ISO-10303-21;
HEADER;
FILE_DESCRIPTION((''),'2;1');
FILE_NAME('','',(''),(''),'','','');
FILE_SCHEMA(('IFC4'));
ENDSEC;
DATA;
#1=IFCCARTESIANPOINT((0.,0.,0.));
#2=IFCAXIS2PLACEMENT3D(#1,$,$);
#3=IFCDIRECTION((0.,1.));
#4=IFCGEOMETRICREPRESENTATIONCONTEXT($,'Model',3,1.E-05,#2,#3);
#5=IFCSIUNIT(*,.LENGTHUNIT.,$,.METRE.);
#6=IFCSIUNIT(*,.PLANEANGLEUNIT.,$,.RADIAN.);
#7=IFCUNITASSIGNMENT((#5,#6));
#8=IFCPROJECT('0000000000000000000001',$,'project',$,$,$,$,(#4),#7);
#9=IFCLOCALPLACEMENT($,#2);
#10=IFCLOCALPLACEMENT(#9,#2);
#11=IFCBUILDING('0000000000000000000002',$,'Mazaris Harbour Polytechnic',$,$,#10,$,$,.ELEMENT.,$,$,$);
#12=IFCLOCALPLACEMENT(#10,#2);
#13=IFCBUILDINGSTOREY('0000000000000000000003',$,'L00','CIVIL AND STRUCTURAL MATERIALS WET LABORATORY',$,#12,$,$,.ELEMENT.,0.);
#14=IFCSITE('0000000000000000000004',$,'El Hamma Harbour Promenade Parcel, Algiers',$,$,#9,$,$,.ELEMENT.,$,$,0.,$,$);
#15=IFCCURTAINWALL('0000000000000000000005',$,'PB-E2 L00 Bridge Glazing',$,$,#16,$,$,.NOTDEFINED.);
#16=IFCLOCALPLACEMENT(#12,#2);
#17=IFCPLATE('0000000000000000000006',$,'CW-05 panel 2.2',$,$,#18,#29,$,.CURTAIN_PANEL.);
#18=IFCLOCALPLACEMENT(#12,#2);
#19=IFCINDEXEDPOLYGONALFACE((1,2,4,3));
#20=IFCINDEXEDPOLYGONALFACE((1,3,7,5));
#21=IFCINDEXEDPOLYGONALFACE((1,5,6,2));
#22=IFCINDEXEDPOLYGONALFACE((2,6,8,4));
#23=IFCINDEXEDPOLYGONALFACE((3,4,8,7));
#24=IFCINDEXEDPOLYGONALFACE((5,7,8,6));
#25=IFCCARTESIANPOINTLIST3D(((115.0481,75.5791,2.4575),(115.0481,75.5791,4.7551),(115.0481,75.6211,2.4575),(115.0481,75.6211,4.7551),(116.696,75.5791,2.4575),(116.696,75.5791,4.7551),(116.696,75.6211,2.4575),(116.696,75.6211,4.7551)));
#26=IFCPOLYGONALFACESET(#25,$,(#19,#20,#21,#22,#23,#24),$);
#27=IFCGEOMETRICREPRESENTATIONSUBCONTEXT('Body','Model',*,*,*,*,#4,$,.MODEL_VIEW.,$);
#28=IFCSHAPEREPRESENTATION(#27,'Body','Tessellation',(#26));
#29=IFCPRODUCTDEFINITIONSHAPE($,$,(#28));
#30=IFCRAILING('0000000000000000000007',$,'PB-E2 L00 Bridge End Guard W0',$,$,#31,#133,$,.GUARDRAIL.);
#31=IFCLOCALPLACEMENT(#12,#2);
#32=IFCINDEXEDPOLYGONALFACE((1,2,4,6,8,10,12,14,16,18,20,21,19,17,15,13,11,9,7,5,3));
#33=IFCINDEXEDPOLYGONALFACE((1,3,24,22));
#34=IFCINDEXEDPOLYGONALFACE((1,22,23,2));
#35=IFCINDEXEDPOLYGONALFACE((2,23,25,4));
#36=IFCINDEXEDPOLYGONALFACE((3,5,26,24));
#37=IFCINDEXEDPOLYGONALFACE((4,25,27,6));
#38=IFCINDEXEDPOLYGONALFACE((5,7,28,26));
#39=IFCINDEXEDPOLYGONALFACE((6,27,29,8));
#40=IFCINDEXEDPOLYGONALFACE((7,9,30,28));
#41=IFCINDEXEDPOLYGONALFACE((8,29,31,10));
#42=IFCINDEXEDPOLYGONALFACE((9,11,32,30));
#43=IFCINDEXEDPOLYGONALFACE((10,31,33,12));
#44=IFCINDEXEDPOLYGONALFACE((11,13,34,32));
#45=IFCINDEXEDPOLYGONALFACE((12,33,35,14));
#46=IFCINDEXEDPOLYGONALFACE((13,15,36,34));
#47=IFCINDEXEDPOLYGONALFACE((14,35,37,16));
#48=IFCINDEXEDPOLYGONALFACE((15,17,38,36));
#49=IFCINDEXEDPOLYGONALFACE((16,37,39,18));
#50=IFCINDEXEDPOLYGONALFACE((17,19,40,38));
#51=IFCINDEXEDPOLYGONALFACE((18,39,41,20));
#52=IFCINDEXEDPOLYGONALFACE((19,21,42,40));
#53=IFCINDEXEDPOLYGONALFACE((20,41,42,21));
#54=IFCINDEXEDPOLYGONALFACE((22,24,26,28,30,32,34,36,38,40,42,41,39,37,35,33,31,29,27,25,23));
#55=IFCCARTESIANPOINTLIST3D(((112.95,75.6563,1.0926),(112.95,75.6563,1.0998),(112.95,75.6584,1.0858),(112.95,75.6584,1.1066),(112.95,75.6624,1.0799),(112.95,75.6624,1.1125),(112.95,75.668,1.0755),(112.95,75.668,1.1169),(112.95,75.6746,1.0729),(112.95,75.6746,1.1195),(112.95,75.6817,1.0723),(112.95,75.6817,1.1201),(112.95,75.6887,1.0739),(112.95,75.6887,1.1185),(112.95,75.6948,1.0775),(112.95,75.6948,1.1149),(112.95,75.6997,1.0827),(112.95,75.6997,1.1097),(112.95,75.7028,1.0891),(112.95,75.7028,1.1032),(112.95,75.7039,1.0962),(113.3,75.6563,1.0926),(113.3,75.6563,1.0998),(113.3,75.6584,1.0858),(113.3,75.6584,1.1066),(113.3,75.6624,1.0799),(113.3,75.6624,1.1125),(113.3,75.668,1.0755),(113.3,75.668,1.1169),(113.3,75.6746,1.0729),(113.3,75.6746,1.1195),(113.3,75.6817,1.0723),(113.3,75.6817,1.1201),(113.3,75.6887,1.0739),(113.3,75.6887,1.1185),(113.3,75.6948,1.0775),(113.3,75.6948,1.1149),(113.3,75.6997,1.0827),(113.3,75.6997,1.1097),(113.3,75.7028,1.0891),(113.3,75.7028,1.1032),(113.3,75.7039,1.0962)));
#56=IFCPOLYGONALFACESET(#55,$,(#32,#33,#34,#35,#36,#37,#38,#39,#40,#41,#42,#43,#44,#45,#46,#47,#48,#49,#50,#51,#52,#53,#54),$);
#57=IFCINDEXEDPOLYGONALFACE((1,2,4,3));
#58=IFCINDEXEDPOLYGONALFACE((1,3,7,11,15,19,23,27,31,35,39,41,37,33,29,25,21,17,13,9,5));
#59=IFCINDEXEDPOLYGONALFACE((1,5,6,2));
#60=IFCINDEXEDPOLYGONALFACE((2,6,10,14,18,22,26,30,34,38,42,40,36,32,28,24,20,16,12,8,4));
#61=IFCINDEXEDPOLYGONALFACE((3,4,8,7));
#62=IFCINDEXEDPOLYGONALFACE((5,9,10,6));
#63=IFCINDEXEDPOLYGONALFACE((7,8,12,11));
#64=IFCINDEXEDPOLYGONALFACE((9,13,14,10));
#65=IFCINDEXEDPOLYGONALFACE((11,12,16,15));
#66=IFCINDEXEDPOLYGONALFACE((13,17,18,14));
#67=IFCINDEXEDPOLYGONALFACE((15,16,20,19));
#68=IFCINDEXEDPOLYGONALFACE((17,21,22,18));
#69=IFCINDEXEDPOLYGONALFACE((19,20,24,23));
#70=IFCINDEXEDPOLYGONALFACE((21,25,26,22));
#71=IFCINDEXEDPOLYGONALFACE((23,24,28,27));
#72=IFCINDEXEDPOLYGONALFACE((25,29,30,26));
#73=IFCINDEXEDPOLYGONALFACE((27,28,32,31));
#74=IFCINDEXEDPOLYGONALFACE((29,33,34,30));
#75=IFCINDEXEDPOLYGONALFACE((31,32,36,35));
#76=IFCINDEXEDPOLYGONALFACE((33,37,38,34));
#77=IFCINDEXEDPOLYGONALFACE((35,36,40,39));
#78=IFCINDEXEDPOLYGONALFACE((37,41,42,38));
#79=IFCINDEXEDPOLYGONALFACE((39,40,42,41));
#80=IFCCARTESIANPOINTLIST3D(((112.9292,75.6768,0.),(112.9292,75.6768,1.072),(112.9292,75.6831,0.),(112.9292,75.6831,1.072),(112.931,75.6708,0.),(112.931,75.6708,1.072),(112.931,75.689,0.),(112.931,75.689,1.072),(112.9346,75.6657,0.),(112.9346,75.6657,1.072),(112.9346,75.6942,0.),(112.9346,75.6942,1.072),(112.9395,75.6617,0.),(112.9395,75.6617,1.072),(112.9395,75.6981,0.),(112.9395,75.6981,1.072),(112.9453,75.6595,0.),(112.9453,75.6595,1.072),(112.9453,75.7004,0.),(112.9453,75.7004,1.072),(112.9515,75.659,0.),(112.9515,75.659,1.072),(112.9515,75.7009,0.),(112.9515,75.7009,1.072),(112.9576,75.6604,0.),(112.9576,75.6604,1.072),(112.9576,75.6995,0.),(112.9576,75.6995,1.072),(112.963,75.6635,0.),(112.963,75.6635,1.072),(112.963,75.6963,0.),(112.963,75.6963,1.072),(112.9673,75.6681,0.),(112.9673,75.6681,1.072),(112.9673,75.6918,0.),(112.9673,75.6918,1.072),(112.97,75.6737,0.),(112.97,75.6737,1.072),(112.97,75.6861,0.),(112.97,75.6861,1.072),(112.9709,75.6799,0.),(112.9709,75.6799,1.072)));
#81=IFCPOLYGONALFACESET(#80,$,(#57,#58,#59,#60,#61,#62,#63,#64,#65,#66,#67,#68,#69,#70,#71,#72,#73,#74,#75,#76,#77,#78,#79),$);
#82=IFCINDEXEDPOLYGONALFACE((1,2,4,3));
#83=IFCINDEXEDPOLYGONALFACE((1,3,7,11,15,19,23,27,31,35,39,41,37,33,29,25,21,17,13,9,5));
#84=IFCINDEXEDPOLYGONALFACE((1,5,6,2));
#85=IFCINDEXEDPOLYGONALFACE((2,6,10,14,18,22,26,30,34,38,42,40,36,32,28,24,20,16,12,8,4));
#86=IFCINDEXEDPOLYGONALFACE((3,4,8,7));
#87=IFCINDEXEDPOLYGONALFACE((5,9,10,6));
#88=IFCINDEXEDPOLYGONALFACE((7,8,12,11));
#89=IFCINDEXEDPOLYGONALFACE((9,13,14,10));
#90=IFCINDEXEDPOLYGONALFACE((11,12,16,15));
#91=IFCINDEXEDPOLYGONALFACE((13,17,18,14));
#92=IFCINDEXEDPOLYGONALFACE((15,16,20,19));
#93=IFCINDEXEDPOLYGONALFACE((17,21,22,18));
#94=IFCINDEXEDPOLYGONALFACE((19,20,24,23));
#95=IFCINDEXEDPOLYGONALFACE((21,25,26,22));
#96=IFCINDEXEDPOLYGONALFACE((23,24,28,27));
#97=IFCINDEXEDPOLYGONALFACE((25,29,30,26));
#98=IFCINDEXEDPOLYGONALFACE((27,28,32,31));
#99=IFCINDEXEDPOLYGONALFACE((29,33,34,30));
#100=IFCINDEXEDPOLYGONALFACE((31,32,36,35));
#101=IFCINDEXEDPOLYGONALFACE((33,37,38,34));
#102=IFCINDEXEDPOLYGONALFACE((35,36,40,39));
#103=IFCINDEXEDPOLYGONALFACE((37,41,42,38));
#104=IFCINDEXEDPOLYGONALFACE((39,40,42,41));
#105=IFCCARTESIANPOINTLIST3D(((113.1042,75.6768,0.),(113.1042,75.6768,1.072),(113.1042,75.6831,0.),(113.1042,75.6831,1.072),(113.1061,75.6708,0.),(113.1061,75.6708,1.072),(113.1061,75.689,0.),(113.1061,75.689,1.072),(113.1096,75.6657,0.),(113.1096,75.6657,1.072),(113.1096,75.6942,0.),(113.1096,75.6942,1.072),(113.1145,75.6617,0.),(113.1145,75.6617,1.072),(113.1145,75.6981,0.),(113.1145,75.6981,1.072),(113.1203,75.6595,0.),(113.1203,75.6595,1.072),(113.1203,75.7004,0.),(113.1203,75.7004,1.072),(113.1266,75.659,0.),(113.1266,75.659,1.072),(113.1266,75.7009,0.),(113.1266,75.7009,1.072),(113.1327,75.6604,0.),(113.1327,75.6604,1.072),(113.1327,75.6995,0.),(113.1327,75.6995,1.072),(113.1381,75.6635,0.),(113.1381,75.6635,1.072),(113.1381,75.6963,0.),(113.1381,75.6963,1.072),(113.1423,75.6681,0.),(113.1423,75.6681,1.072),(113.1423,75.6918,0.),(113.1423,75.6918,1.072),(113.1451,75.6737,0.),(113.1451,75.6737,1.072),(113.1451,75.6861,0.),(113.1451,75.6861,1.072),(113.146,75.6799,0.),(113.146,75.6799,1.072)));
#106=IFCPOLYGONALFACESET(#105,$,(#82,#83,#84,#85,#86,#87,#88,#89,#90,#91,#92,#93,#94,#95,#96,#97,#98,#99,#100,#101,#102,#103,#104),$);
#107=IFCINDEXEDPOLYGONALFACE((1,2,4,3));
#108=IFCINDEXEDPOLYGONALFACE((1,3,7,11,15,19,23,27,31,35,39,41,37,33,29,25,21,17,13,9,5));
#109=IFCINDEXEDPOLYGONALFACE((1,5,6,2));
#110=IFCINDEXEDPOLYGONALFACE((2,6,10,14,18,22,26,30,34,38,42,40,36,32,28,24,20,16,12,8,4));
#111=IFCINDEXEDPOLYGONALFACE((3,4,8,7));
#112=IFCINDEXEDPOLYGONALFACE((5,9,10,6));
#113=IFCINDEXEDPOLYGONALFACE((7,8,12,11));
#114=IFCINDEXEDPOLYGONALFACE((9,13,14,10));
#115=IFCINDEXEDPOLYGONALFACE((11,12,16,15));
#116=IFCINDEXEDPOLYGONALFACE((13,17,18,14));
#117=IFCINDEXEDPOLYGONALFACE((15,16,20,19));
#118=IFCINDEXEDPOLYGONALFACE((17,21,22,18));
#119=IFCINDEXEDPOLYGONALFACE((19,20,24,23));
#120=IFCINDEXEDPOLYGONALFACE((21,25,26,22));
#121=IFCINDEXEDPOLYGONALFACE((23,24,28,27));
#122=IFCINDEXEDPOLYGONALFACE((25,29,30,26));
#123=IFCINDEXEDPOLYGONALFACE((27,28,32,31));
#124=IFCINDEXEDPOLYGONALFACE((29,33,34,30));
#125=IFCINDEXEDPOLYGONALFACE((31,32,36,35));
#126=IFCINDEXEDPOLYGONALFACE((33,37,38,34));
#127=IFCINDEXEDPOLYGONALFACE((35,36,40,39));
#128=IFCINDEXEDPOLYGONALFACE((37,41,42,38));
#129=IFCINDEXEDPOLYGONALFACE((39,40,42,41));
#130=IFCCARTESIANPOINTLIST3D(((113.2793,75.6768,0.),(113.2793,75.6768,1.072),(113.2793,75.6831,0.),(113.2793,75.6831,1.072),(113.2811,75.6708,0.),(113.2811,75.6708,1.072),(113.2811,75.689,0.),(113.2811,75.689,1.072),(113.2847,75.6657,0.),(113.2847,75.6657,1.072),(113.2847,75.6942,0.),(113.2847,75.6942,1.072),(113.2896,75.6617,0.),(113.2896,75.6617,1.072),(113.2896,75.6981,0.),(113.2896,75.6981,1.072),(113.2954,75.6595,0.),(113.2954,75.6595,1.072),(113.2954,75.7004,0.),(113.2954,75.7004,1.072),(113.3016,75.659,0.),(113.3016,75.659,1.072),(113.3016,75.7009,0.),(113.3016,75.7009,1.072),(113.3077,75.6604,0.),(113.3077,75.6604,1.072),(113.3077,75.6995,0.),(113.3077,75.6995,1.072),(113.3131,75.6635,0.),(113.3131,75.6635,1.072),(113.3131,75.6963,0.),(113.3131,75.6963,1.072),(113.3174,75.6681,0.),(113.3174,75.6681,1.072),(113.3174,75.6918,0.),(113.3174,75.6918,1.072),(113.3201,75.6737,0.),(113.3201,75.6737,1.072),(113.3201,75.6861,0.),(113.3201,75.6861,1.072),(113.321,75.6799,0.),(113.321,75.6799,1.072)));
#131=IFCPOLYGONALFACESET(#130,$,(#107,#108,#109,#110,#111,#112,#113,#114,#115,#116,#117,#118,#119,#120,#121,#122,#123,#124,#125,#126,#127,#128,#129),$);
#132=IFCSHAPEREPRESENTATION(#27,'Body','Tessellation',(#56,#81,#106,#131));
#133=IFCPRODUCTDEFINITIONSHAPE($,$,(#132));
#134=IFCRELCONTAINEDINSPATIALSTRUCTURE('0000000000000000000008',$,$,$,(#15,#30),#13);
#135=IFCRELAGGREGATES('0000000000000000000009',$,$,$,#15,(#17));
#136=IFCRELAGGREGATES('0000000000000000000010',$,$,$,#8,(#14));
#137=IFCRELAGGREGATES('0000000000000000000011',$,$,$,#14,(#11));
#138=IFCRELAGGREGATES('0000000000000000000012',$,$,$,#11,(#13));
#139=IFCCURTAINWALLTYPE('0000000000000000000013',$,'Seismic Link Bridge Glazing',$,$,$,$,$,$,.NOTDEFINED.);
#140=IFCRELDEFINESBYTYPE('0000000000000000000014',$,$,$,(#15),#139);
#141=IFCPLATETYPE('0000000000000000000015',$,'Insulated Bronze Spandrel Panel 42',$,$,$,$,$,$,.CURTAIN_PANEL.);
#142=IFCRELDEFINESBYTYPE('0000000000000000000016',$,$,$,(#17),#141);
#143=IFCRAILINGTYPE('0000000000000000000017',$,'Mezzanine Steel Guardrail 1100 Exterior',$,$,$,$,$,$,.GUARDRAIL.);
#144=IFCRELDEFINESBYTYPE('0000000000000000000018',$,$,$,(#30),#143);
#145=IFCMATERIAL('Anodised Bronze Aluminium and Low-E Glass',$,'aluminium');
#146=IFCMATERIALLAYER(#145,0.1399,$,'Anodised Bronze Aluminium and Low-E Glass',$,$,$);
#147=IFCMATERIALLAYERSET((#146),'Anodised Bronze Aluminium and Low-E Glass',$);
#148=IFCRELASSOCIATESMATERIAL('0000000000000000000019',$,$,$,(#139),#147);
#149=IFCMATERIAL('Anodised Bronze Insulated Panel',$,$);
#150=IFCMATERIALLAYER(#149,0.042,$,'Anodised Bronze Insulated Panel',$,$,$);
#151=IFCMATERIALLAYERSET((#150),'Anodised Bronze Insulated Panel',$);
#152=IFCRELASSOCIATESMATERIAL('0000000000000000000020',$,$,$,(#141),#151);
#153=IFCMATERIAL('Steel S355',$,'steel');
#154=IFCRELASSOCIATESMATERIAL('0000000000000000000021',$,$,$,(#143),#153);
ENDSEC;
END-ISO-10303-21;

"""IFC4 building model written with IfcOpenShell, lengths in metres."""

from ifc_helpers import new_model, si_unit, direction, frame, origin, origin_2d, place, context, subcontext, project, spatial, rectangle, circle, extrude, material, layer, layer_set, type_object, element, aggregate, save


model = new_model("IFC4")

# Units and contexts
model_context = context("Model", 3, precision=1e-05, world=origin(), true_north=direction((0.0, 1.0)))
body_context = subcontext(model_context, "Body", "Model", "MODEL_VIEW")
ifc_project = project(units=[si_unit("LENGTHUNIT", "METRE"), si_unit("PLANEANGLEUNIT", "RADIAN")], contexts=[model_context])

# Site, building, storey
site_placement = place(None, origin())
site = spatial("IfcSite", under=ifc_project, at=site_placement, Name="El Hamma Harbour Promenade Parcel, Algiers", CompositionType="ELEMENT", RefElevation=0.0)
building_placement = place(site_placement, origin())
building = spatial("IfcBuilding", under=site, at=building_placement, Name="Mazaris Harbour Polytechnic", CompositionType="ELEMENT")
storey_placement = place(building_placement, origin())
storey = spatial("IfcBuildingStorey", under=building, at=storey_placement, Name="L00", Description="CIVIL AND STRUCTURAL MATERIALS WET LABORATORY", CompositionType="ELEMENT", Elevation=0.0)

# Curtain wall
ifc_material_1 = material(Name="Anodised Bronze Aluminium and Low-E Glass", Category="aluminium")
ifc_layer_1 = layer(ifc_material_1, 0.1399, Name="Anodised Bronze Aluminium and Low-E Glass")
ifc_layer_set_1 = layer_set([ifc_layer_1], Name="Anodised Bronze Aluminium and Low-E Glass")
curtain_wall_type_1 = type_object("IfcCurtainWallType", Name="Seismic Link Bridge Glazing", PredefinedType="NOTDEFINED", material=ifc_layer_set_1)
curtain_wall_1_placement = place(storey_placement, origin())
curtain_wall_1 = element("IfcCurtainWall", 1, at=curtain_wall_1_placement, inside=storey, type_object=curtain_wall_type_1, Name="PB-E2 L00 Bridge Glazing", PredefinedType="NOTDEFINED")

# Plate
ifc_material_2 = material(Name="Anodised Bronze Insulated Panel")
ifc_layer_2 = layer(ifc_material_2, 0.042, Name="Anodised Bronze Insulated Panel")
ifc_layer_set_2 = layer_set([ifc_layer_2], Name="Anodised Bronze Insulated Panel")
plate_type_1 = type_object("IfcPlateType", Name="Insulated Bronze Spandrel Panel 42", PredefinedType="CURTAIN_PANEL", material=ifc_layer_set_2)
plate_1_placement = place(storey_placement, frame((115.8721, 75.6001, 2.4575), z_axis=(0.0, 0.0, 1.0), x_axis=(1.0, 0.0, 0.0)))
plate_1 = element("IfcPlate", 2, at=plate_1_placement, type_object=plate_type_1, Name="CW-05 panel 2.2", PredefinedType="CURTAIN_PANEL", context=body_context, shape_type="SweptSolid", body=[
    extrude(rectangle(XDim=1.6479, YDim=0.042, at=origin_2d()), origin(), (0.0, 0.0, 1.0), 2.2976),
])
aggregate(curtain_wall_1, [plate_1])

# Railing
ifc_material_3 = material(Name="Steel S355", Category="steel")
railing_type = type_object("IfcRailingType", Name="Mezzanine Steel Guardrail 1100 Exterior", PredefinedType="GUARDRAIL", material=ifc_material_3)
railing_placement = place(storey_placement, frame((112.95, 75.6799, 0.0)))
element("IfcRailing", 3, at=railing_placement, inside=storey, type_object=railing_type, Name="PB-E2 L00 Bridge End Guard W0", PredefinedType="GUARDRAIL", context=body_context, shape_type="SweptSolid", body=[
    extrude(circle(Radius=0.0239, at=origin_2d()), frame((0.0, 0.0, 1.0962), z_axis=(1.0, 0.0, 0.0), x_axis=(0.0, 1.0, 0.0)), (0.0, 0.0, 1.0), 0.3501),
    extrude(circle(Radius=0.021, at=origin_2d()), origin(), (0.0, 0.0, 1.0), 1.072),
    extrude(circle(Radius=0.021, at=origin_2d()), frame((0.175, 0.0, 0.0)), (0.0, 0.0, 1.0), 1.072),
    extrude(circle(Radius=0.021, at=origin_2d()), frame((0.3501, 0.0, 0.0)), (0.0, 0.0, 1.0), 1.072),
])

save(model, "model.ifc")
